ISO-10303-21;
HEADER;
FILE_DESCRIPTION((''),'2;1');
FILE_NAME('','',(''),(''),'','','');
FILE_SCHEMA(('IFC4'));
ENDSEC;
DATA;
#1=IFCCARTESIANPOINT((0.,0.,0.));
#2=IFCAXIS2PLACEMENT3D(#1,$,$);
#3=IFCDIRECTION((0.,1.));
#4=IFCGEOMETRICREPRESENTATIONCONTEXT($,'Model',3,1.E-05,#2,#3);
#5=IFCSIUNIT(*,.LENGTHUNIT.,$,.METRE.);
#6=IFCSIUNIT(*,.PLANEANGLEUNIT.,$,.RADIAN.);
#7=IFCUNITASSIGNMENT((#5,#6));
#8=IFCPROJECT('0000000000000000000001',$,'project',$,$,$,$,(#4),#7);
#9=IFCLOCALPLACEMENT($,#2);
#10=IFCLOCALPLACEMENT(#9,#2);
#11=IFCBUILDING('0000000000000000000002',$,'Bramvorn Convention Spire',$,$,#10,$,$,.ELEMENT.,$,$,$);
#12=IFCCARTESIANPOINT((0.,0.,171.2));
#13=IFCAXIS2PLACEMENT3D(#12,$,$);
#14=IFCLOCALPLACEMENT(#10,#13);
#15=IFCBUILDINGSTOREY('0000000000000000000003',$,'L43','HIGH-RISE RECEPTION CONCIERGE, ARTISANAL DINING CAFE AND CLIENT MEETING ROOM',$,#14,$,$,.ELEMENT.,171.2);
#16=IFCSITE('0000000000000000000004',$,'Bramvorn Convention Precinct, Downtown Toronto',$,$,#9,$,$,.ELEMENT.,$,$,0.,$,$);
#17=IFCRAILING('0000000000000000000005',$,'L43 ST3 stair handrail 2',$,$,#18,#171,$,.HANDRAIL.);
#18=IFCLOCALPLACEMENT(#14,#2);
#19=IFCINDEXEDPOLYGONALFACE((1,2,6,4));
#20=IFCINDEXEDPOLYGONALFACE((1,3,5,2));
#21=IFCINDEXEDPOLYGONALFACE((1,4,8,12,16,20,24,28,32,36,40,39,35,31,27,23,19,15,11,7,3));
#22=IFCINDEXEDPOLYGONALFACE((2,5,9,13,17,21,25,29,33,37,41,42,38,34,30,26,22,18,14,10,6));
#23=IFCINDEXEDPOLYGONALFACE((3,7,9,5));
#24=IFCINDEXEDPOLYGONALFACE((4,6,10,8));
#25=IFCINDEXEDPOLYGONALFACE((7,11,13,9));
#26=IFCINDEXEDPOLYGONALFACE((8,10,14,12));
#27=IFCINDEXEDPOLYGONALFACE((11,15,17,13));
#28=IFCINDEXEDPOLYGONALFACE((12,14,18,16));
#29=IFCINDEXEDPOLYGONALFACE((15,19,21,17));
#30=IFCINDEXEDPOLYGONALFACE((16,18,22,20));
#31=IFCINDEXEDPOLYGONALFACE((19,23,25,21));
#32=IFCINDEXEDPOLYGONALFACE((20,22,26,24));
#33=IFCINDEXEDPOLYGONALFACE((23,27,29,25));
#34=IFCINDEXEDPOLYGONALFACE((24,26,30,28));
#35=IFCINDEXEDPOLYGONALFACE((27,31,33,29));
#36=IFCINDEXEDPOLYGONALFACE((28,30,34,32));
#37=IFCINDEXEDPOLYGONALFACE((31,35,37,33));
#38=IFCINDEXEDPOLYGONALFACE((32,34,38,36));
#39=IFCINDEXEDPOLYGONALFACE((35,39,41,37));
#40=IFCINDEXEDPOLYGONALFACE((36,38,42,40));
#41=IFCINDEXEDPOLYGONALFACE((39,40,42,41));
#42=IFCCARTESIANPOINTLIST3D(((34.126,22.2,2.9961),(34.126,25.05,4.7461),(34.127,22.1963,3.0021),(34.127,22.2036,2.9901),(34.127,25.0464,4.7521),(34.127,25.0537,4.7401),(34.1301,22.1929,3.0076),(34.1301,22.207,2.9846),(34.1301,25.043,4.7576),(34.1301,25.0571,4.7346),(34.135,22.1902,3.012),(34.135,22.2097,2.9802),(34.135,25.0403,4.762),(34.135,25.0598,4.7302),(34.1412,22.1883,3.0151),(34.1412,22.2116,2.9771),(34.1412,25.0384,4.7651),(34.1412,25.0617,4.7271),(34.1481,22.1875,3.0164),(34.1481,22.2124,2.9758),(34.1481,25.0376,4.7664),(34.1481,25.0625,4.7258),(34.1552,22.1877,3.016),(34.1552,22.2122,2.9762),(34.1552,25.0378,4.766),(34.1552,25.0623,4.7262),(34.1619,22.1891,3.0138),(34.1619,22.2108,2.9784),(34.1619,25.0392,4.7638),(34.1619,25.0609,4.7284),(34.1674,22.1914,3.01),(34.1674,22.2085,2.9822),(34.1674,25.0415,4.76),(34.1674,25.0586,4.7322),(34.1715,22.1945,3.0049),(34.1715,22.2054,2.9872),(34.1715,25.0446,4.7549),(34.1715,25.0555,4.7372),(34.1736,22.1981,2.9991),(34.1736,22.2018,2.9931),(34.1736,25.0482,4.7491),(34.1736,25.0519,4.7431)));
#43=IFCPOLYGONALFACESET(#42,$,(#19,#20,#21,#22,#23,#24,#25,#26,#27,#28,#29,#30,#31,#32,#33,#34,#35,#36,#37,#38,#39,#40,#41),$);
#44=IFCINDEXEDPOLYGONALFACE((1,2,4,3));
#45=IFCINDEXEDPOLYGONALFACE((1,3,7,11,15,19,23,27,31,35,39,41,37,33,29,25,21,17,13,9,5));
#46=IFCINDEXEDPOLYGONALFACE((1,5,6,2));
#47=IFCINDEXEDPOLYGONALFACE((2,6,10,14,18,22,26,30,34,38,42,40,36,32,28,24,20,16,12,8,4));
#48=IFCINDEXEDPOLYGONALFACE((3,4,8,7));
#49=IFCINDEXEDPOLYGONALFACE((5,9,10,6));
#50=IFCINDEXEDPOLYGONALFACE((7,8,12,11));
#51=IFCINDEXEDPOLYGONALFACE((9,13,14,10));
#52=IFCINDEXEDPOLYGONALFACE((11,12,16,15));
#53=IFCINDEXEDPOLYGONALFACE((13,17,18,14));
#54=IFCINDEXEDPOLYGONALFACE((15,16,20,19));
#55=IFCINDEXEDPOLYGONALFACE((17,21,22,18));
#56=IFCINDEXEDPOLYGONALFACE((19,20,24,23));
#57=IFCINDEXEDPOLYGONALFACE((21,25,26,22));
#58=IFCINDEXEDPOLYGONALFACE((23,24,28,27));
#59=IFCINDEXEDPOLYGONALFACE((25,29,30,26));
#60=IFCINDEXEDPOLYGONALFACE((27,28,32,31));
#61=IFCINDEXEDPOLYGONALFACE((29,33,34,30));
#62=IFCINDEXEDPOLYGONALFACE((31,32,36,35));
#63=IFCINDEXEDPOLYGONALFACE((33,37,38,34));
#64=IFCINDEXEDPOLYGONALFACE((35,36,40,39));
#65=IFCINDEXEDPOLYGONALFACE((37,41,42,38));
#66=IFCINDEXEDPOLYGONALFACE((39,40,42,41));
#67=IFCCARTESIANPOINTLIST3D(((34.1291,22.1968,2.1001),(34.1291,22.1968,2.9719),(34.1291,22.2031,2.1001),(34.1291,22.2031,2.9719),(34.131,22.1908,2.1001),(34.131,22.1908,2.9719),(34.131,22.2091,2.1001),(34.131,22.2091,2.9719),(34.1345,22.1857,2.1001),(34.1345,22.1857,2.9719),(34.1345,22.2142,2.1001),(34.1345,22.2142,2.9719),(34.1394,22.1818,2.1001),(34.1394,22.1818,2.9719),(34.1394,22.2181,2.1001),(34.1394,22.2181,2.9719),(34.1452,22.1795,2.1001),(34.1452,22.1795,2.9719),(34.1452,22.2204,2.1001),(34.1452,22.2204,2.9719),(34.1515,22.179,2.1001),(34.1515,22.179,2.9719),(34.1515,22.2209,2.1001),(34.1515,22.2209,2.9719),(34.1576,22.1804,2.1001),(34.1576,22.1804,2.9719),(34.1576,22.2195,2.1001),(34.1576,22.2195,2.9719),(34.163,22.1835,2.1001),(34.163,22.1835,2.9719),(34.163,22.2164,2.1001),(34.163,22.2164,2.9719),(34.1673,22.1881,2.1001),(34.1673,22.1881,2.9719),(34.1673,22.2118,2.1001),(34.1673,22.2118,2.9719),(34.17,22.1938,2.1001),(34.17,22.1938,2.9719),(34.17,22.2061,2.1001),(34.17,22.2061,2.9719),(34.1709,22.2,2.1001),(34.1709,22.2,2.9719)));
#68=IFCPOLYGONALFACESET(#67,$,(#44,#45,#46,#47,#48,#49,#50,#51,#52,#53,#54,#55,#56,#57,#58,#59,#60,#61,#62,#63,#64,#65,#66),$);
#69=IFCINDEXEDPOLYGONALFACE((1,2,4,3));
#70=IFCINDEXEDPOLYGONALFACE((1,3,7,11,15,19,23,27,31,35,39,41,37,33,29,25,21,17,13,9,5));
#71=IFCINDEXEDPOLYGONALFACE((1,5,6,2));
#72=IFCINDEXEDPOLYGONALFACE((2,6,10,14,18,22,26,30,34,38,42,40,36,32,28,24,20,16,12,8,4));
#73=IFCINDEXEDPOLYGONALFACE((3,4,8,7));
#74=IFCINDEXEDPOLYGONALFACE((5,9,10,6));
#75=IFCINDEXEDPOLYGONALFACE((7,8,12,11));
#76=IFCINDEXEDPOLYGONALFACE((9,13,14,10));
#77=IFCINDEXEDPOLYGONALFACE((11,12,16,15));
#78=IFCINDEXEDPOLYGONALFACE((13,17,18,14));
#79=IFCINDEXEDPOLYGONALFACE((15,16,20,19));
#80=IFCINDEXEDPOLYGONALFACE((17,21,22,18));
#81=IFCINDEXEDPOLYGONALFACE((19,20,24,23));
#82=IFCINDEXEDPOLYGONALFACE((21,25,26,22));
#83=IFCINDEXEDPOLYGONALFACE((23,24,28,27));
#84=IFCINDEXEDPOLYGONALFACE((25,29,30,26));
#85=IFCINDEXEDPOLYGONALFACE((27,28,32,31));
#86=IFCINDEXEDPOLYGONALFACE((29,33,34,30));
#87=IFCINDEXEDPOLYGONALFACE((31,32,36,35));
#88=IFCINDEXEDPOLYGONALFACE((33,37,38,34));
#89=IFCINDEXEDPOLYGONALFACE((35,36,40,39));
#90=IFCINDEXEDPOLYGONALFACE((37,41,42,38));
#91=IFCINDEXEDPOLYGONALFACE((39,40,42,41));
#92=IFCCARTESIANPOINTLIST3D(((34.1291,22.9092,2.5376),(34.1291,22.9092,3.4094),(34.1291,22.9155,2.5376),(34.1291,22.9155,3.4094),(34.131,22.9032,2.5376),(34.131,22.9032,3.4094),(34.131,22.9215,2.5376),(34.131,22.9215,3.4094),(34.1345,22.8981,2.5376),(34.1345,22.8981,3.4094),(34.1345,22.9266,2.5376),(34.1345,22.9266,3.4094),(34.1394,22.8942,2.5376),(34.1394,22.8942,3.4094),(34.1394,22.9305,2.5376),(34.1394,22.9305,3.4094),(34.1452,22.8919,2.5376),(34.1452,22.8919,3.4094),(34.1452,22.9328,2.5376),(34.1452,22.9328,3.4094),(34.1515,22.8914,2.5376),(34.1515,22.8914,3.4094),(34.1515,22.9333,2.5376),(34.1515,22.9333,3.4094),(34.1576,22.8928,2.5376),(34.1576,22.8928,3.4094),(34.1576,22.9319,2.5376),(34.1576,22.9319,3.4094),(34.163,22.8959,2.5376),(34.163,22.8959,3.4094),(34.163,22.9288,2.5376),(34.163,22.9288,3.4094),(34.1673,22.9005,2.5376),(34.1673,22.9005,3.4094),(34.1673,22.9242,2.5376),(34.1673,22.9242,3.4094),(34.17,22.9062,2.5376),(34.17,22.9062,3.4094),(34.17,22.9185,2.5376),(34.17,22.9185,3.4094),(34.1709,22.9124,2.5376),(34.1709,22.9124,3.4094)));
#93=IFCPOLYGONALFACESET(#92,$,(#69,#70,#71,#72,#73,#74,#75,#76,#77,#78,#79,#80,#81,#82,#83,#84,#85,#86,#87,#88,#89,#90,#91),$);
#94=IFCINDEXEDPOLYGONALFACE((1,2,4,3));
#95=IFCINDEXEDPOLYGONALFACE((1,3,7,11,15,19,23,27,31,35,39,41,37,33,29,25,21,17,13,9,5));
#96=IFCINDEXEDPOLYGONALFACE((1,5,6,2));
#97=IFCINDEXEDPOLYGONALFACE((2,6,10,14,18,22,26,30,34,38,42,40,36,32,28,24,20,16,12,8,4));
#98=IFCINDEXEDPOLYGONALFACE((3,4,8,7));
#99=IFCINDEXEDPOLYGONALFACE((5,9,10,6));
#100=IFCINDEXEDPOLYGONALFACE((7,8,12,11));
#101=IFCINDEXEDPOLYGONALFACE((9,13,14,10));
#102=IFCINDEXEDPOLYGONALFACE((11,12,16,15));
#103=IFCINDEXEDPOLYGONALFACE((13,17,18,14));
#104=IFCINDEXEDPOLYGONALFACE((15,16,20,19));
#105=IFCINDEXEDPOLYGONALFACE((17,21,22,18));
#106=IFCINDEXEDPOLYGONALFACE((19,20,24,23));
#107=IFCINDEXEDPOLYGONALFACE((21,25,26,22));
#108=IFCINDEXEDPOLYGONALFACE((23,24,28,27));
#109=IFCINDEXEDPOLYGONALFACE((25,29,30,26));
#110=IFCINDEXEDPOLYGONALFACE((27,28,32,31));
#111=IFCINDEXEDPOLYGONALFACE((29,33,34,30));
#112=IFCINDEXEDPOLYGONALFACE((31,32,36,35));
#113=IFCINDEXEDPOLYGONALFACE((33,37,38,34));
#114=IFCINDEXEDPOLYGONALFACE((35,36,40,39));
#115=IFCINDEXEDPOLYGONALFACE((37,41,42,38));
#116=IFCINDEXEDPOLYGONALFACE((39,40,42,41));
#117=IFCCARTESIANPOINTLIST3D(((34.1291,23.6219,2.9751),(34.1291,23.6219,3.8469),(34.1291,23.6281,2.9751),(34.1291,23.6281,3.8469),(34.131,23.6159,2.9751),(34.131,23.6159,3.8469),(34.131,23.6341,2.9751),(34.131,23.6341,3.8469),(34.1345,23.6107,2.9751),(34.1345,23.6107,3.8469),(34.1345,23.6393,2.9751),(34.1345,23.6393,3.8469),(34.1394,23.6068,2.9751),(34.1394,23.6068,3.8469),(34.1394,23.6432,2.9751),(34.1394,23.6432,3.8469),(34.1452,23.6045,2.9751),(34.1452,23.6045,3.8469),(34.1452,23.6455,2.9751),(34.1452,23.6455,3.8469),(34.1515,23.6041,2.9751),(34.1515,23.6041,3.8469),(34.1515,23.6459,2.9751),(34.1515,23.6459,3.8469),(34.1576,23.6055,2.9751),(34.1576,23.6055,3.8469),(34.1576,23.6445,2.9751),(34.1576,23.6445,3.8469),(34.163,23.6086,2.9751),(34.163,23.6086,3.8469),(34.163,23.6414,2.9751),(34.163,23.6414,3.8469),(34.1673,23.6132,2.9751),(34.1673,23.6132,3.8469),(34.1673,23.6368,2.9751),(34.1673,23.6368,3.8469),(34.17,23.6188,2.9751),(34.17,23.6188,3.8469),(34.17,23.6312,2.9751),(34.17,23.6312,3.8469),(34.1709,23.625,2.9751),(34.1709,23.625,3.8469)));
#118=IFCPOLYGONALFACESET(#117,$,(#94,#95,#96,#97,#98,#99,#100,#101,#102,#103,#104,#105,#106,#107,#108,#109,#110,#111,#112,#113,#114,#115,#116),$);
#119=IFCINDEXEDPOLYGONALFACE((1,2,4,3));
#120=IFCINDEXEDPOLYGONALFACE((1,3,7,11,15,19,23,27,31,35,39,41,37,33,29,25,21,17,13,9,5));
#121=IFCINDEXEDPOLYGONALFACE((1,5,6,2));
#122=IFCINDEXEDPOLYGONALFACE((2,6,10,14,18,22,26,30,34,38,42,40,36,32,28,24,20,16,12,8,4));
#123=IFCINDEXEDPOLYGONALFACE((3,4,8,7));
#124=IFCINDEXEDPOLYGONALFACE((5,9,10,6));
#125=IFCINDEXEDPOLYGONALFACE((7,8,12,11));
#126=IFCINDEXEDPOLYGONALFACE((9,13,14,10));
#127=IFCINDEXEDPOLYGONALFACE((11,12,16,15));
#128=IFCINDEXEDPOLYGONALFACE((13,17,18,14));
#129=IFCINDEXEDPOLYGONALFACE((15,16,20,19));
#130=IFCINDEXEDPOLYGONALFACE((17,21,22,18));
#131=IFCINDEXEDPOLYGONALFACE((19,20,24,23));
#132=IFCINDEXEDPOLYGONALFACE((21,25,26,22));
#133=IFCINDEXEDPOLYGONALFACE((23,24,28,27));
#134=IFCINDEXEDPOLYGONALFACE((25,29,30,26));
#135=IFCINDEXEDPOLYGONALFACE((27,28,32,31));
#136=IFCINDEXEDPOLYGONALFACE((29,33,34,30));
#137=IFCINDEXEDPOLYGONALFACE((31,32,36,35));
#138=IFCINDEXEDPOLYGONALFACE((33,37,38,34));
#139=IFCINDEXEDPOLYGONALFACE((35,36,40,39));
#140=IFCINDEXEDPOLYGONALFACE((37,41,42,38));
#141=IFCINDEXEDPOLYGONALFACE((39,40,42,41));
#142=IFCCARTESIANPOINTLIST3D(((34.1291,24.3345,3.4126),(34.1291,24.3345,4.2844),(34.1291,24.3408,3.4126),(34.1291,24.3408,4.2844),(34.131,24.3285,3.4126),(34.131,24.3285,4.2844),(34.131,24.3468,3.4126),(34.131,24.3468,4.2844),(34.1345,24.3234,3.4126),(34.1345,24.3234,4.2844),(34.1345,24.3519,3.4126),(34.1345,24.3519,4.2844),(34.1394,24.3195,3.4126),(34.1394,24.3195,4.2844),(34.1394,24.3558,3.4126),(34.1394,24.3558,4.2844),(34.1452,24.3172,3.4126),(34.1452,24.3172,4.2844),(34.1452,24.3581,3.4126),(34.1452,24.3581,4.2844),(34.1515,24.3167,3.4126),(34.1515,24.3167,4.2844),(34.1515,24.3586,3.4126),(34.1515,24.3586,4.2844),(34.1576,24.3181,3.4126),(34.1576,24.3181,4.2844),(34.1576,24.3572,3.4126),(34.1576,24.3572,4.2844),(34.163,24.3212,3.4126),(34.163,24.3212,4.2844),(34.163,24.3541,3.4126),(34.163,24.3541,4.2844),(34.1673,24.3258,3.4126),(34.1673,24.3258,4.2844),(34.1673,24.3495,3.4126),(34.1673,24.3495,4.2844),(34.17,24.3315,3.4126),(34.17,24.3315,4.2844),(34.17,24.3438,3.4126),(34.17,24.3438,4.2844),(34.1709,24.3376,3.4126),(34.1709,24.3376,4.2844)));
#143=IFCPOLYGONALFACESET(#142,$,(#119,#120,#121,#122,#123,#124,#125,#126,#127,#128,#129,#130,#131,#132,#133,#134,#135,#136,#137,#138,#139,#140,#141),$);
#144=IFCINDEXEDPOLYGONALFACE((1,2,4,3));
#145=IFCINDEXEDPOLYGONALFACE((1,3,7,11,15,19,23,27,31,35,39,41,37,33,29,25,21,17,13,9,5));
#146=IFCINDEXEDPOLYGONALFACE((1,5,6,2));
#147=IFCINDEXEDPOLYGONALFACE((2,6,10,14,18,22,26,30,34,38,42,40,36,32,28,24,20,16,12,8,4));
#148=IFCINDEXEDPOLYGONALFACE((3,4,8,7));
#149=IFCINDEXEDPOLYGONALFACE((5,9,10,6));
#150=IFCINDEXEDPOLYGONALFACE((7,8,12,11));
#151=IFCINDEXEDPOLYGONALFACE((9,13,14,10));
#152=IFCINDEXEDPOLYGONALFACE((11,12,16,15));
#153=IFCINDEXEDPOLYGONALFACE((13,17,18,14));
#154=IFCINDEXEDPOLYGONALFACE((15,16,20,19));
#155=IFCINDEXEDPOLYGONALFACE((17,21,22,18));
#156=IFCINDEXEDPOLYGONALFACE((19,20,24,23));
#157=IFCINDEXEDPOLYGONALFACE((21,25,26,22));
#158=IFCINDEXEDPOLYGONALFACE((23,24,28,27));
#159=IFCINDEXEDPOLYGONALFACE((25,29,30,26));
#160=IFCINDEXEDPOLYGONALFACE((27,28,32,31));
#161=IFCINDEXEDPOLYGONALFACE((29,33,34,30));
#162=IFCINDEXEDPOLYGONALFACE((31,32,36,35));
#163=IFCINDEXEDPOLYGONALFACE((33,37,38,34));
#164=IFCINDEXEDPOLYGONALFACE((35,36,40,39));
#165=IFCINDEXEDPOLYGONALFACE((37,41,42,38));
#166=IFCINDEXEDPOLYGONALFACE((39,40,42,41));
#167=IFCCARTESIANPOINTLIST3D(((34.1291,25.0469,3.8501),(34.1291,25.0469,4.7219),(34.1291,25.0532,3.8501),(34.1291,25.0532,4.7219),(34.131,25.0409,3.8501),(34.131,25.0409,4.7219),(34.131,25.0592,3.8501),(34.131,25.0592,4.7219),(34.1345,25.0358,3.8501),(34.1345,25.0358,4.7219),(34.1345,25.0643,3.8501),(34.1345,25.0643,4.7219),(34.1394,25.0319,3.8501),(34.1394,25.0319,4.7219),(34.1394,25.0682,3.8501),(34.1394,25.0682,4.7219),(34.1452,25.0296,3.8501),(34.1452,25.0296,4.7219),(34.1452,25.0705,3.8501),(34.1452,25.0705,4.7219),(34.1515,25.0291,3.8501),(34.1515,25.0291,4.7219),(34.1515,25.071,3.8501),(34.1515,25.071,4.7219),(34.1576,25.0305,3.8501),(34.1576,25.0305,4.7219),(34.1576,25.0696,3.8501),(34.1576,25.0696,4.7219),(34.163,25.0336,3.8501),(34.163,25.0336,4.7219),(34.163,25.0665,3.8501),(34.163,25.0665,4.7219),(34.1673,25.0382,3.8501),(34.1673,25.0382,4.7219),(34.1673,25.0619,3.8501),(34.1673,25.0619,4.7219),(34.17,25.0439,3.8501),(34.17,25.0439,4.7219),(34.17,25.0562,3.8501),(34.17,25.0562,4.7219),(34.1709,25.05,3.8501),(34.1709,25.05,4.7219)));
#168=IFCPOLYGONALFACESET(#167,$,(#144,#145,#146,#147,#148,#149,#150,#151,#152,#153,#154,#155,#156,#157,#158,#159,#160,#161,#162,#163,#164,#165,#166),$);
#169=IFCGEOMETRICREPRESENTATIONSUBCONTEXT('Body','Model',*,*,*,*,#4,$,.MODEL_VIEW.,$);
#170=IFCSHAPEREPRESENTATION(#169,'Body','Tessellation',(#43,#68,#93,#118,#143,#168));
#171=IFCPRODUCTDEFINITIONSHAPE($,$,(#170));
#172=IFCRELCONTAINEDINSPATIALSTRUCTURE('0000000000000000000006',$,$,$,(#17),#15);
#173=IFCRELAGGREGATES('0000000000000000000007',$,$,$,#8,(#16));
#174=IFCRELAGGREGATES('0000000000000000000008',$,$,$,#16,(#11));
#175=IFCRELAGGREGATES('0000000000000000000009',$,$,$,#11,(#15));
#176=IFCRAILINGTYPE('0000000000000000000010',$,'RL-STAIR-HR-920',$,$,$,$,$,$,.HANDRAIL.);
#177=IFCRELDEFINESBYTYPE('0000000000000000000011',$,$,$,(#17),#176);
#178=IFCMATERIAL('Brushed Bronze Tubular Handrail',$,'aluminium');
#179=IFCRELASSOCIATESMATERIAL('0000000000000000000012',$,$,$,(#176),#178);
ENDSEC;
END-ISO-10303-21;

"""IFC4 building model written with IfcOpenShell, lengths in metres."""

from ifc_helpers import new_model, si_unit, direction, frame, origin, origin_2d, place, context, subcontext, project, spatial, circle, extrude, material, type_object, element, save


model = new_model("IFC4")

# Units and contexts
model_context = context("Model", 3, precision=1e-05, world=origin(), true_north=direction((0.0, 1.0)))
body_context = subcontext(model_context, "Body", "Model", "MODEL_VIEW")
ifc_project = project(units=[si_unit("LENGTHUNIT", "METRE"), si_unit("PLANEANGLEUNIT", "RADIAN")], contexts=[model_context])

# Site, building, storey
site_placement = place(None, origin())
site = spatial("IfcSite", under=ifc_project, at=site_placement, Name="Bramvorn Convention Precinct, Downtown Toronto", CompositionType="ELEMENT", RefElevation=0.0)
building_placement = place(site_placement, origin())
building = spatial("IfcBuilding", under=site, at=building_placement, Name="Bramvorn Convention Spire", CompositionType="ELEMENT")
storey_placement = place(building_placement, frame((0.0, 0.0, 171.2)))
storey = spatial("IfcBuildingStorey", under=building, at=storey_placement, Name="L43", Description="HIGH-RISE RECEPTION CONCIERGE, ARTISANAL DINING CAFE AND CLIENT MEETING ROOM", CompositionType="ELEMENT", Elevation=171.2)

# Railing
ifc_material_1 = material(Name="Brushed Bronze Tubular Handrail", Category="aluminium")
railing_type_1 = type_object("IfcRailingType", Name="RL-STAIR-HR-920", PredefinedType="HANDRAIL", material=ifc_material_1)
railing_1_placement = place(storey_placement, frame((34.1499, 22.2, 2.1001)))
element("IfcRailing", 1, at=railing_1_placement, inside=storey, type_object=railing_type_1, Name="L43 ST3 stair handrail 2", PredefinedType="HANDRAIL", context=body_context, shape_type="SweptSolid", body=[
    extrude(circle(Radius=0.0239, at=origin_2d()), frame((0.0, 0.0, 0.896), z_axis=(0.0, 0.852179, 0.52325), x_axis=(-1.0, 0.0, 0.0)), (0.0, 0.0, 1.0), 3.3445),
    extrude(circle(Radius=0.021, at=origin_2d()), origin(), (0.0, 0.0, 1.0), 0.8718),
    extrude(circle(Radius=0.021, at=origin_2d()), frame((0.0, 0.7124, 0.4375)), (0.0, 0.0, 1.0), 0.8718),
    extrude(circle(Radius=0.021, at=origin_2d()), frame((0.0, 1.425, 0.875)), (0.0, 0.0, 1.0), 0.8718),
    extrude(circle(Radius=0.021, at=origin_2d()), frame((0.0, 2.1377, 1.3125)), (0.0, 0.0, 1.0), 0.8718),
    extrude(circle(Radius=0.021, at=origin_2d()), frame((0.0, 2.8501, 1.75)), (0.0, 0.0, 1.0), 0.8718),
])

save(model, "model.ifc")
